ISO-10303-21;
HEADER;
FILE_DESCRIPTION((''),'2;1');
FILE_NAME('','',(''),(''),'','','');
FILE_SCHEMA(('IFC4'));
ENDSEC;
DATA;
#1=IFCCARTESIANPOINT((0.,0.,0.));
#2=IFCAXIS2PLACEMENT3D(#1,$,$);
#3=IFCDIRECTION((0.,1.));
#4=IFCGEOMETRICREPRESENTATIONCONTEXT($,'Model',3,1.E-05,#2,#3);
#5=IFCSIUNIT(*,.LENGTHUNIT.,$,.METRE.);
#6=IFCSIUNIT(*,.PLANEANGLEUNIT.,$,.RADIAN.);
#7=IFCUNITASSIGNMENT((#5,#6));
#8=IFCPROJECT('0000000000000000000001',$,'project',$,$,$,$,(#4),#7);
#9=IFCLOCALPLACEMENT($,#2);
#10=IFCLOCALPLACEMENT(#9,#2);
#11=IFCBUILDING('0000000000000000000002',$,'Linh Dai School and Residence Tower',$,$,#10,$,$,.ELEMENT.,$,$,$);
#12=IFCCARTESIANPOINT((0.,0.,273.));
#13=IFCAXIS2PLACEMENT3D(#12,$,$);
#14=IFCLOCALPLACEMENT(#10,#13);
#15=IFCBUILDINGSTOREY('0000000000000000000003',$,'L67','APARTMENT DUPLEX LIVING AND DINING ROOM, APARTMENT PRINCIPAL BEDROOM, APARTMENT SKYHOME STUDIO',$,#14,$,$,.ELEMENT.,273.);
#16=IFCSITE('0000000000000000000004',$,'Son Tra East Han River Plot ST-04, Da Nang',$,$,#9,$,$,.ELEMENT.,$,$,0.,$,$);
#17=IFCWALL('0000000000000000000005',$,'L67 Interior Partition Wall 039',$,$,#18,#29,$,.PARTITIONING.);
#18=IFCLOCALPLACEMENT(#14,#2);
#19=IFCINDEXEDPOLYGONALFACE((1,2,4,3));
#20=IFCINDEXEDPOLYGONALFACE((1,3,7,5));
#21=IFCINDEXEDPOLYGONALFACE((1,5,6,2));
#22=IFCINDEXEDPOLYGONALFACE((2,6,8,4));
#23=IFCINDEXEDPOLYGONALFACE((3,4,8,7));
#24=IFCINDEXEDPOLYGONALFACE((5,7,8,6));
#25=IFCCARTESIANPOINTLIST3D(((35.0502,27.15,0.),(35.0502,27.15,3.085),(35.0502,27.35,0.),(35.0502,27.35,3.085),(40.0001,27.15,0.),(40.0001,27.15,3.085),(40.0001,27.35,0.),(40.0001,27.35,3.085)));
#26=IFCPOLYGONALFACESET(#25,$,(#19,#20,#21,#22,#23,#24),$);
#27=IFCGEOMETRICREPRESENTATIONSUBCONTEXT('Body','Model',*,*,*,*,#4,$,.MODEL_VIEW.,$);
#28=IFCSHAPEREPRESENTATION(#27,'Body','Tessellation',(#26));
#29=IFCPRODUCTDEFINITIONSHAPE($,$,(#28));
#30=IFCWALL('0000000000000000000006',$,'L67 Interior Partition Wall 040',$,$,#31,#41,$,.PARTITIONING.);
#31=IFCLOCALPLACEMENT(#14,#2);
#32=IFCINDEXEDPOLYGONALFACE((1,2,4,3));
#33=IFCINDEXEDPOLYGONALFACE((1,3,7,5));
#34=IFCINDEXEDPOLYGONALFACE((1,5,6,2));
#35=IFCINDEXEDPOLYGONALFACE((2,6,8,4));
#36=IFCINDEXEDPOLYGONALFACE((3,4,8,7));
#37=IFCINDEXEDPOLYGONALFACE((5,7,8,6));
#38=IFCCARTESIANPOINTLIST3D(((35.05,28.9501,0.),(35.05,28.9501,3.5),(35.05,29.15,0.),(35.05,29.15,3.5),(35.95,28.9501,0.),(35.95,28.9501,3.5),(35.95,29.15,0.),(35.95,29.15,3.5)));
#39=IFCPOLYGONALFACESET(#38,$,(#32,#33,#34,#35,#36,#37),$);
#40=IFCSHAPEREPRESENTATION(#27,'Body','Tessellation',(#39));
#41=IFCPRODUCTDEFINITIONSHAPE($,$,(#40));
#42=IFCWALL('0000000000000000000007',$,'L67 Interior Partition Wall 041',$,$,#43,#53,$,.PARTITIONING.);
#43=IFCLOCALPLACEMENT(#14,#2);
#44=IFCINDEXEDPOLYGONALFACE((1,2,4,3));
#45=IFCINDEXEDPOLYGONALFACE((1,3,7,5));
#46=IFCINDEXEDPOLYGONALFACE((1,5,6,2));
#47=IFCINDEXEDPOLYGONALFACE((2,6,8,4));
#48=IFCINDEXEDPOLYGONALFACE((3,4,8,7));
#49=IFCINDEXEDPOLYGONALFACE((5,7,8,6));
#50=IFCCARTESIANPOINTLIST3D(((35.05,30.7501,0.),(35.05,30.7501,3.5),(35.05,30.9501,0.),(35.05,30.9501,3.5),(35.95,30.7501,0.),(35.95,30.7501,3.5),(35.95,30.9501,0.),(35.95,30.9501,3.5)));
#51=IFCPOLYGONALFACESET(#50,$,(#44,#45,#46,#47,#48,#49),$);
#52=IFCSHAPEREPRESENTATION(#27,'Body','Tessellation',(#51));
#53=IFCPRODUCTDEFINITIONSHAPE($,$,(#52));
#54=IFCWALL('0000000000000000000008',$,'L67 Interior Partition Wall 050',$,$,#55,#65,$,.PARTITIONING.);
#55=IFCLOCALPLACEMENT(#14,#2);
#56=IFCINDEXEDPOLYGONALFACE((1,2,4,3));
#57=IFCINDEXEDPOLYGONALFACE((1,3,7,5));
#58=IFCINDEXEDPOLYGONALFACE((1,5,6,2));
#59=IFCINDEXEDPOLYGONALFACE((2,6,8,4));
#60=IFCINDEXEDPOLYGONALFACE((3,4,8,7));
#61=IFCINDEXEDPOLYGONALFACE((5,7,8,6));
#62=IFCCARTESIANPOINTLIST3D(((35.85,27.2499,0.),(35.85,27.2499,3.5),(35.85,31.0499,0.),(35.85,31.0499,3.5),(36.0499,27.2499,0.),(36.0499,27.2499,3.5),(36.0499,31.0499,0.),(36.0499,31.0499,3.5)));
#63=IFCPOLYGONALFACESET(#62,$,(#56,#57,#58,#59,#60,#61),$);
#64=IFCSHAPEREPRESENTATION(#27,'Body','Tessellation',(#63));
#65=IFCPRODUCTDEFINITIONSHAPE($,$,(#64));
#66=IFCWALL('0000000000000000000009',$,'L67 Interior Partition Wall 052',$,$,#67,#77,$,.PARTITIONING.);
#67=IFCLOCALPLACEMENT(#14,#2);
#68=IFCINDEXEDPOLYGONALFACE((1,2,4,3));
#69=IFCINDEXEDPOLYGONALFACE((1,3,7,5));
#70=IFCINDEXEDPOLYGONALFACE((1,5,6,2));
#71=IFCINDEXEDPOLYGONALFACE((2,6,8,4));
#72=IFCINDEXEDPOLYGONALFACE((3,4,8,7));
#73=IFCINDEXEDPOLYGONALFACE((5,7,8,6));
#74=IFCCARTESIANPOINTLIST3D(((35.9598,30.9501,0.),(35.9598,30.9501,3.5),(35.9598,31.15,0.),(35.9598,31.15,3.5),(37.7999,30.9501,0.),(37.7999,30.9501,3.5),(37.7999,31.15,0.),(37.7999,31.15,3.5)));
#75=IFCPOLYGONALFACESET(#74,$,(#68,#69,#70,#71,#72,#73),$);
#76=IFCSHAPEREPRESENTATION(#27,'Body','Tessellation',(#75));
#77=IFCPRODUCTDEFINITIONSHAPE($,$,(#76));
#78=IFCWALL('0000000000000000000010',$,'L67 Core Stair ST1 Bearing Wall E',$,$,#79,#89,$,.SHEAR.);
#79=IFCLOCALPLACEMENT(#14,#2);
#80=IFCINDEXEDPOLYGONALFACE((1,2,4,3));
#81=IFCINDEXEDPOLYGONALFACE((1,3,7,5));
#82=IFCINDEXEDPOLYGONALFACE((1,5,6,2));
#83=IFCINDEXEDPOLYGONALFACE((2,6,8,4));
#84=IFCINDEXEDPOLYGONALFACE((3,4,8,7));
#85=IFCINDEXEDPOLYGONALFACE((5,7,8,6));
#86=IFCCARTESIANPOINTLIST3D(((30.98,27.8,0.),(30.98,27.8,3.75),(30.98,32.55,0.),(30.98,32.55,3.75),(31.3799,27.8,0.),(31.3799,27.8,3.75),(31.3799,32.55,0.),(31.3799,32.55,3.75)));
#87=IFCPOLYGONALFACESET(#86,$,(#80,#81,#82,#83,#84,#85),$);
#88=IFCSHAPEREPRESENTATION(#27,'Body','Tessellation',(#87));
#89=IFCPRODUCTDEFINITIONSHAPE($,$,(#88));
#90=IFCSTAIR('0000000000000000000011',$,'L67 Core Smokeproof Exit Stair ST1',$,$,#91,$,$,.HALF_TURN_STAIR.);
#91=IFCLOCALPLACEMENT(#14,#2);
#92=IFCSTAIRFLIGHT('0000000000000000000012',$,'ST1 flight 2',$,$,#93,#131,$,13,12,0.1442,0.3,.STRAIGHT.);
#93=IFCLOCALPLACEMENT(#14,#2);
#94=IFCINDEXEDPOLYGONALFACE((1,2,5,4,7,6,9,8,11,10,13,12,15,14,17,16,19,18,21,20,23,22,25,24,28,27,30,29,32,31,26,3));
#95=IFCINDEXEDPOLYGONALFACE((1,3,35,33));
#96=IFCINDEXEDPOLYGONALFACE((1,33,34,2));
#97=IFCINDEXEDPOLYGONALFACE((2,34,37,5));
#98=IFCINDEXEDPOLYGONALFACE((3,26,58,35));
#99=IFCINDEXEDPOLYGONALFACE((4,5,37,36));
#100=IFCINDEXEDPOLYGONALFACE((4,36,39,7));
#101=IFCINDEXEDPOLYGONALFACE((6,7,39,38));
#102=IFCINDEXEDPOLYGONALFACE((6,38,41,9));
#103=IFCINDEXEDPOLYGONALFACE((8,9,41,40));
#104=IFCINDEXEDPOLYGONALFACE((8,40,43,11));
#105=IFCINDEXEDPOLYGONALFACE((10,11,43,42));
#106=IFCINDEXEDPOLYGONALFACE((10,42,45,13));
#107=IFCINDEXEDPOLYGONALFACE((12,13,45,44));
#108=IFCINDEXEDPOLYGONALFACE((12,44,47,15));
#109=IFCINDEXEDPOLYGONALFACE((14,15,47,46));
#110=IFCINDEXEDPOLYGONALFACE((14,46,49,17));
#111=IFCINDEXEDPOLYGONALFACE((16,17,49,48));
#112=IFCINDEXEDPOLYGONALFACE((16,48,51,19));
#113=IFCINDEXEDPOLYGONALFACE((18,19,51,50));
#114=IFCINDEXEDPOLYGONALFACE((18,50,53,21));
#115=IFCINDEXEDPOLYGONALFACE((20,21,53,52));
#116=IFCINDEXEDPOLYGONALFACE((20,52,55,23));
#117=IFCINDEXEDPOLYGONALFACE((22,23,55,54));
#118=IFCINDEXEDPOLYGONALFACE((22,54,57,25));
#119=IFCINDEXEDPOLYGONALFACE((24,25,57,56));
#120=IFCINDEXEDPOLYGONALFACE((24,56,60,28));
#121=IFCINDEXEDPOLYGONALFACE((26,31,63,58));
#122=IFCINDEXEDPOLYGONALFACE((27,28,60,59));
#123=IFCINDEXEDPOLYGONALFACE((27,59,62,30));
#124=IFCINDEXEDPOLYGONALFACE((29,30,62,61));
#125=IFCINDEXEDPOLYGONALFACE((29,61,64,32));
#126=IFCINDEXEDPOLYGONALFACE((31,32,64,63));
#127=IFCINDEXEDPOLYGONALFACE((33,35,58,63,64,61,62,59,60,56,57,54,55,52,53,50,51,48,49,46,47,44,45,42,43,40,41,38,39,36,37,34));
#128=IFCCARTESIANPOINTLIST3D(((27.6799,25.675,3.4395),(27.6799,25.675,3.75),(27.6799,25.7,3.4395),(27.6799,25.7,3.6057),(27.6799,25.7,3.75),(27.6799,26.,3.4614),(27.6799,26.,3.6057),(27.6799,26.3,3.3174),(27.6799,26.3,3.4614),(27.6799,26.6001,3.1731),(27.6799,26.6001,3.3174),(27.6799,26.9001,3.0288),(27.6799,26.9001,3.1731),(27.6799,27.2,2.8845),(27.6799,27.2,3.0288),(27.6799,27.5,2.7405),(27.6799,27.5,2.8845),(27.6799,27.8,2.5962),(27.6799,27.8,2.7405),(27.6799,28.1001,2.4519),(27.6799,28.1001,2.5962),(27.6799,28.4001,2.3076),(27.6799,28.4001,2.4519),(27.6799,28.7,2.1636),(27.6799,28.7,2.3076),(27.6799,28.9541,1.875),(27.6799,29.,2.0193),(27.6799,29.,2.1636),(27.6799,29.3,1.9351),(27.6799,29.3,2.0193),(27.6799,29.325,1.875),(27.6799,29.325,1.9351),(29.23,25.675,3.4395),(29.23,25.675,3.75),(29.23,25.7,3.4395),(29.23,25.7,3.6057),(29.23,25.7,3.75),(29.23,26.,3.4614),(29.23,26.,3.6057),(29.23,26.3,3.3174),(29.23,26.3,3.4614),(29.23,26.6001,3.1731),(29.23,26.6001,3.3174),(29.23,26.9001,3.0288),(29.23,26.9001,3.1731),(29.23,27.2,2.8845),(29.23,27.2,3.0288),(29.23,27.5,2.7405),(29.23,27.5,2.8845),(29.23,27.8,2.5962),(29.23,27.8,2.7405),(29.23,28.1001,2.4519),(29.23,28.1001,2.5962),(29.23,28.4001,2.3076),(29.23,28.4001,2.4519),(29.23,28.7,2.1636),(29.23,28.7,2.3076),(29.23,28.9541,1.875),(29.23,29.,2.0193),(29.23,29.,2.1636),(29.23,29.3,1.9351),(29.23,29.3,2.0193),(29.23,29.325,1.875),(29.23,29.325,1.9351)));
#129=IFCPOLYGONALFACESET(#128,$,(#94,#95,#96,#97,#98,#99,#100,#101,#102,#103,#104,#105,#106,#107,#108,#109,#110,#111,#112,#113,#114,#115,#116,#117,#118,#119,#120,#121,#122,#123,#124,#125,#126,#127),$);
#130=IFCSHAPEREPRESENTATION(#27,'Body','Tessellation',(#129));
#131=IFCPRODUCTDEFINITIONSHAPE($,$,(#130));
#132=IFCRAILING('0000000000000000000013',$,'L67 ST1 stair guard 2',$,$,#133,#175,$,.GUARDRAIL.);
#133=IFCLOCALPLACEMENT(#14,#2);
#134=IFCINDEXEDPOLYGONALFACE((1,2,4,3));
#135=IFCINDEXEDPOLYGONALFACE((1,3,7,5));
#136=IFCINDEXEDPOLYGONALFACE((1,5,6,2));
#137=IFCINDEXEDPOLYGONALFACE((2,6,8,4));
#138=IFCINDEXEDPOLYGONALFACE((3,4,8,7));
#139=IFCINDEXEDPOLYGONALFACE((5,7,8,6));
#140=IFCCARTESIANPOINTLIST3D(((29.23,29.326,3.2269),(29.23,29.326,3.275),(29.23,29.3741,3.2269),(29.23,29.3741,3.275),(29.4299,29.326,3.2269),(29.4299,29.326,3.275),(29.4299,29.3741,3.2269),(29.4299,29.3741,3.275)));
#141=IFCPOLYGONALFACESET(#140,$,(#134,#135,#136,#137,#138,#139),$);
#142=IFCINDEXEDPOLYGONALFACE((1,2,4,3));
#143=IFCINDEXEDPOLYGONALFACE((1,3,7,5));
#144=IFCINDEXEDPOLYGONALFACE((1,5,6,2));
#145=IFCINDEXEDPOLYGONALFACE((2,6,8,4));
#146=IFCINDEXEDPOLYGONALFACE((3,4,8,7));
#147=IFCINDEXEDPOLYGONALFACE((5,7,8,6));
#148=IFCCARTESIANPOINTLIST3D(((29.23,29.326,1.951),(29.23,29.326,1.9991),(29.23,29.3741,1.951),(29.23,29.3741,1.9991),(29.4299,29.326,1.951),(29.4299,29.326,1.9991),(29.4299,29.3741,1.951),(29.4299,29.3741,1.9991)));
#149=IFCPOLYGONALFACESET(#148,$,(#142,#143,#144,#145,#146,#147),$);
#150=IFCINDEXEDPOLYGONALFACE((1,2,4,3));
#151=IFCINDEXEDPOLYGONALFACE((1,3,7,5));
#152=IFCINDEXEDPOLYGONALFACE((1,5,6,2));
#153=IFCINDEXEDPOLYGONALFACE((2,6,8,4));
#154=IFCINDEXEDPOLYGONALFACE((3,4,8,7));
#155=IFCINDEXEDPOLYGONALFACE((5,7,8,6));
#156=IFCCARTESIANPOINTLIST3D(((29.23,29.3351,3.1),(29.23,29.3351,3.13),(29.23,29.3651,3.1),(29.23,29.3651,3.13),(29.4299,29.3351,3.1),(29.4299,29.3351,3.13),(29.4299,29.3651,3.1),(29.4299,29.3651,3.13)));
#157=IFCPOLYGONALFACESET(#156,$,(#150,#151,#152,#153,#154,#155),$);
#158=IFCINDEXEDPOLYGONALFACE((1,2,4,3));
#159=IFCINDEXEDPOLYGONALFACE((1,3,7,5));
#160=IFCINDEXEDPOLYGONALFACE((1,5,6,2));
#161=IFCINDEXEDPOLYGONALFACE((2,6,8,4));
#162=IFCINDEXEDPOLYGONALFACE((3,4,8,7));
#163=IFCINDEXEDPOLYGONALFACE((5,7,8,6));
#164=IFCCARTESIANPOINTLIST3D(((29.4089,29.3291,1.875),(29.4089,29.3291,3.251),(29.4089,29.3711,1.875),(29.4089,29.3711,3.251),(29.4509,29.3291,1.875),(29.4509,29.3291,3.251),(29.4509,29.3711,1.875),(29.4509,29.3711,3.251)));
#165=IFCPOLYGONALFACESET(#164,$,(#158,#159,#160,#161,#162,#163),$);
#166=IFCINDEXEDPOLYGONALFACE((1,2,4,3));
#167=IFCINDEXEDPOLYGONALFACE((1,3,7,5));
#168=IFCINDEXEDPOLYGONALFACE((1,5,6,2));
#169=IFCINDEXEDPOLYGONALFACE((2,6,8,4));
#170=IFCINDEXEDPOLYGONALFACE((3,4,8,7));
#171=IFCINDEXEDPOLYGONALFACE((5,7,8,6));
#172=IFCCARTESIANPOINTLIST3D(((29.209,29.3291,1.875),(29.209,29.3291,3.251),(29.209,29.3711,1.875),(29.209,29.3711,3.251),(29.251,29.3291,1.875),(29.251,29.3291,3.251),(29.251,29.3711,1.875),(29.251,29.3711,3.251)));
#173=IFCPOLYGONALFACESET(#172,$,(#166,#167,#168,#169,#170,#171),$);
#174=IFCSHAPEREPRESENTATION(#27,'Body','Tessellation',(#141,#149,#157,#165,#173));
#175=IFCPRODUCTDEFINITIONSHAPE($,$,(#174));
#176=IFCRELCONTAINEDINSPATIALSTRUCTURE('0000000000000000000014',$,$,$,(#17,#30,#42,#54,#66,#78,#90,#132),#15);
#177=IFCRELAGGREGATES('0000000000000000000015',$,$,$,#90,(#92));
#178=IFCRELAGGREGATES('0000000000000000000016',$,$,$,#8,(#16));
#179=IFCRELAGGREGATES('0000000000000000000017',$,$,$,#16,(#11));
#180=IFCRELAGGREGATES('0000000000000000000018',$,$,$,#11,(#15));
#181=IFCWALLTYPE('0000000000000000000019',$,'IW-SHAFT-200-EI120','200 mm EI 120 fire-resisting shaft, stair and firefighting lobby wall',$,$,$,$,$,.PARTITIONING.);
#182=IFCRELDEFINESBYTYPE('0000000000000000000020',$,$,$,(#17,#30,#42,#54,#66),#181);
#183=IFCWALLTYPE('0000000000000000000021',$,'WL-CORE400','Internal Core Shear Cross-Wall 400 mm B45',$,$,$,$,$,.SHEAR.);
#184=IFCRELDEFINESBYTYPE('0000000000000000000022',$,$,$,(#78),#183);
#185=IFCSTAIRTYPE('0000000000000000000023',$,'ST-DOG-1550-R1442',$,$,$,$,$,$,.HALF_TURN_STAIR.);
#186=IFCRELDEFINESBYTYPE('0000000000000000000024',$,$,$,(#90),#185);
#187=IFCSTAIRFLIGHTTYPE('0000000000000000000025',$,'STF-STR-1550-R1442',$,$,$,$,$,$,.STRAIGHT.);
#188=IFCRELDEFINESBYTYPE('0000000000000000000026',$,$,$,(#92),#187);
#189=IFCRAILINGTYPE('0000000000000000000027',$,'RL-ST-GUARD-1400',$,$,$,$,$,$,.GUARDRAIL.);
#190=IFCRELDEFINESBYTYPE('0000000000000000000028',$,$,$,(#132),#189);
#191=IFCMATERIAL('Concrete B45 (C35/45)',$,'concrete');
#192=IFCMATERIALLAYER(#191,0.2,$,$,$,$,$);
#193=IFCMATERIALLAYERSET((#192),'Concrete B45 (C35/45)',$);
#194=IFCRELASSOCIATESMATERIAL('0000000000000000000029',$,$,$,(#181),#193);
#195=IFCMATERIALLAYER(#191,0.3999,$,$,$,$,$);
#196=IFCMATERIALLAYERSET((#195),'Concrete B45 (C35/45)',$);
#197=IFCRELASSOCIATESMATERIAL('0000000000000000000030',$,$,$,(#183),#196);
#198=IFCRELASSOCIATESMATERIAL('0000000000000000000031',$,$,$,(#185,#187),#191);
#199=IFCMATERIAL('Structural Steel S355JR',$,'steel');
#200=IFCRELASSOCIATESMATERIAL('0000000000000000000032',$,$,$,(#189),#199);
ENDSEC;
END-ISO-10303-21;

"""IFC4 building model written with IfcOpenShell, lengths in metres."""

from ifc_helpers import new_model, si_unit, direction, frame, frame_2d, origin, origin_2d, place, context, subcontext, project, spatial, polyline, rectangle, outline, extrude, source, transform, mapped, material, layer, layer_set, type_object, element, aggregate, save


model = new_model("IFC4")

# Units and contexts
model_context = context("Model", 3, precision=1e-05, world=origin(), true_north=direction((0.0, 1.0)))
body_context = subcontext(model_context, "Body", "Model", "MODEL_VIEW")
ifc_project = project(units=[si_unit("LENGTHUNIT", "METRE"), si_unit("PLANEANGLEUNIT", "RADIAN")], contexts=[model_context])

# Site, building, storey
site_placement = place(None, origin())
site = spatial("IfcSite", under=ifc_project, at=site_placement, Name="Son Tra East Han River Plot ST-04, Da Nang", CompositionType="ELEMENT", RefElevation=0.0)
building_placement = place(site_placement, origin())
building = spatial("IfcBuilding", under=site, at=building_placement, Name="Linh Dai School and Residence Tower", CompositionType="ELEMENT")
storey_placement = place(building_placement, frame((0.0, 0.0, 273.0)))
storey = spatial("IfcBuildingStorey", under=building, at=storey_placement, Name="L67", Description="APARTMENT DUPLEX LIVING AND DINING ROOM, APARTMENT PRINCIPAL BEDROOM, APARTMENT SKYHOME STUDIO", CompositionType="ELEMENT", Elevation=273.0)

# Shared definitions
ifc_material_1 = material(Name="Structural Steel S355JR", Category="steel")

# Shared definitions
ifc_material_2 = material(Name="Concrete B45 (C35/45)", Category="concrete")
ifc_layer_1 = layer(ifc_material_2, 0.2)
ifc_layer_set_1 = layer_set([ifc_layer_1], Name="Concrete B45 (C35/45)")
wall_type_1 = type_object("IfcWallType", Name="IW-SHAFT-200-EI120", Description="200 mm EI 120 fire-resisting shaft, stair and firefighting lobby wall", PredefinedType="PARTITIONING", material=ifc_layer_set_1)

# Walls
wall_1_placement = place(storey_placement, frame((35.05, 27.25, 0.0), z_axis=(0.0, 0.0, 1.0), x_axis=(1.0, 0.0, 0.0)))
element("IfcWall", 1, at=wall_1_placement, inside=storey, type_object=wall_type_1, Name="L67 Interior Partition Wall 039", PredefinedType="PARTITIONING", context=body_context, shape_type="SweptSolid", body=[
    extrude(rectangle(XDim=4.95, YDim=0.2, at=frame_2d((2.4751, 0.0))), origin(), (0.0, 0.0, 1.0), 3.085),
])
for number, where, z_axis, x_axis, name in (
    (2, (35.05, 29.05, 0.0), (0.0, 0.0, 1.0), (1.0, 0.0, 0.0), "L67 Interior Partition Wall 040"),
    (3, (35.05, 30.8501, 0.0), (0.0, 0.0, 1.0), (1.0, 0.0, 0.0), "L67 Interior Partition Wall 041"),
):
    element("IfcWall", number, at=place(storey_placement, frame(where, z_axis=z_axis, x_axis=x_axis)), inside=storey, type_object=wall_type_1, Name=name, PredefinedType="PARTITIONING", context=body_context, shape_type="SweptSolid", body=[
        extrude(rectangle(XDim=0.8999, YDim=0.2, at=frame_2d((0.45, 0.0))), origin(), (0.0, 0.0, 1.0), 3.5),
    ])
wall_2_placement = place(storey_placement, frame((35.95, 27.25, 0.0), z_axis=(0.0, 0.0, 1.0), x_axis=(0.0, 1.0, 0.0)))
element("IfcWall", 4, at=wall_2_placement, inside=storey, type_object=wall_type_1, Name="L67 Interior Partition Wall 050", PredefinedType="PARTITIONING", context=body_context, shape_type="SweptSolid", body=[
    extrude(rectangle(XDim=3.8, YDim=0.2, at=frame_2d((1.8999, 0.0))), origin(), (0.0, 0.0, 1.0), 3.5),
])

# Walls
wall_3_placement = place(storey_placement, frame((35.96, 31.05, 0.0), z_axis=(0.0, 0.0, 1.0), x_axis=(1.0, 0.0, 0.0)))
element("IfcWall", 5, at=wall_3_placement, inside=storey, type_object=wall_type_1, Name="L67 Interior Partition Wall 052", PredefinedType="PARTITIONING", context=body_context, shape_type="SweptSolid", body=[
    extrude(rectangle(XDim=1.8401, YDim=0.2, at=frame_2d((0.9199, 0.0))), origin(), (0.0, 0.0, 1.0), 3.5),
])
ifc_layer_2 = layer(ifc_material_2, 0.3999)
ifc_layer_set_2 = layer_set([ifc_layer_2], Name="Concrete B45 (C35/45)")
wall_type_2 = type_object("IfcWallType", Name="WL-CORE400", Description="Internal Core Shear Cross-Wall 400 mm B45", PredefinedType="SHEAR", material=ifc_layer_set_2)
wall_4_placement = place(storey_placement, frame((31.1799, 27.8, 0.0), z_axis=(0.0, 0.0, 1.0), x_axis=(0.0, 1.0, 0.0)))
element("IfcWall", 6, at=wall_4_placement, inside=storey, type_object=wall_type_2, Name="L67 Core Stair ST1 Bearing Wall E", PredefinedType="SHEAR", context=body_context, shape_type="SweptSolid", body=[
    extrude(rectangle(XDim=4.75, YDim=0.3999, at=frame_2d((2.375, 0.0))), origin(), (0.0, 0.0, 1.0), 3.75),
])

# Stair, stair flight
stair_type = type_object("IfcStairType", Name="ST-DOG-1550-R1442", PredefinedType="HALF_TURN_STAIR", material=ifc_material_2)
stair_placement = place(storey_placement, origin())
stair = element("IfcStair", 7, at=stair_placement, inside=storey, type_object=stair_type, Name="L67 Core Smokeproof Exit Stair ST1", PredefinedType="HALF_TURN_STAIR")
stair_flight_type = type_object("IfcStairFlightType", Name="STF-STR-1550-R1442", PredefinedType="STRAIGHT", material=ifc_material_2)
shared_shape_1 = source(origin(), body_context, "Body", "SweptSolid", [
    extrude(outline(polyline([(-0.0249, 0.0), (-0.0249, 0.0601), (0.0, 0.0601), (0.0, 0.1443), (0.3, 0.1443), (0.3, 0.2886), (0.6001, 0.2886), (0.6001, 0.4326), (0.8999, 0.4326), (0.8999, 0.5769), (1.2, 0.5769), (1.2, 0.7212), (1.5, 0.7212), (1.5, 0.8655), (1.8, 0.8655), (1.8, 1.0095), (2.1001, 1.0095), (2.1001, 1.1538), (2.3999, 1.1538), (2.3999, 1.2981), (2.7, 1.2981), (2.7, 1.4424), (3.0, 1.4424), (3.0, 1.5864), (3.3, 1.5864), (3.3, 1.7307), (3.6001, 1.7307), (3.6001, 1.875), (3.625, 1.875), (3.625, 1.5645), (3.6001, 1.5645), (0.3459, 0.0), (-0.0249, 0.0)])), frame((0.0, 0.7749, 0.0), z_axis=(0.0, -1.0, 0.0), x_axis=(1.0, 0.0, 0.0)), (0.0, 0.0, 1.0), 1.55),
])
stair_flight_placement = place(storey_placement, frame((28.4551, 29.3, 1.875), z_axis=(0.0, 0.0, 1.0), x_axis=(0.0, -1.0, 0.0)))
stair_flight = element("IfcStairFlight", 8, at=stair_flight_placement, type_object=stair_flight_type, Name="ST1 flight 2", NumberOfRisers=13, NumberOfTreads=12, PredefinedType="STRAIGHT", RiserHeight=0.1442, TreadLength=0.3, context=body_context, shape_type="MappedRepresentation", body=[
    mapped(shared_shape_1, transform((0.0, 0.0, 0.0), x_axis=(1.0, 0.0, 0.0), y_axis=(0.0, 1.0, 0.0), z_axis=(0.0, 0.0, 1.0), scale=1.0)),
])
aggregate(stair, [stair_flight])

# Railing
railing_type_1 = type_object("IfcRailingType", Name="RL-ST-GUARD-1400", PredefinedType="GUARDRAIL", material=ifc_material_1)
shared_shape_2 = source(origin(), body_context, "Body", "SweptSolid", [
    extrude(rectangle(XDim=0.0481, YDim=0.0481, at=origin_2d()), frame((0.0, 0.0, 1.376), z_axis=(-1.0, 0.0, 0.0), x_axis=(0.0, -1.0, 0.0)), (0.0, 0.0, 1.0), 0.2),
    extrude(rectangle(XDim=0.0481, YDim=0.0481, at=origin_2d()), frame((0.0, 0.0, 0.1001), z_axis=(-1.0, 0.0, 0.0), x_axis=(0.0, -1.0, 0.0)), (0.0, 0.0, 1.0), 0.2),
    extrude(rectangle(XDim=0.03, YDim=0.03, at=origin_2d()), frame((0.0, 0.0, 1.24), z_axis=(-1.0, 0.0, 0.0), x_axis=(0.0, -1.0, 0.0)), (0.0, 0.0, 1.0), 0.2),
    extrude(rectangle(XDim=0.042, YDim=0.042, at=origin_2d()), origin(), (0.0, 0.0, 1.0), 1.376),
    extrude(rectangle(XDim=0.042, YDim=0.042, at=origin_2d()), frame((-0.2, 0.0, 0.0)), (0.0, 0.0, 1.0), 1.376),
])
railing_1_placement = place(storey_placement, frame((29.4299, 29.3501, 1.875)))
element("IfcRailing", 9, at=railing_1_placement, inside=storey, type_object=railing_type_1, Name="L67 ST1 stair guard 2", PredefinedType="GUARDRAIL", context=body_context, shape_type="MappedRepresentation", body=[
    mapped(shared_shape_2, transform((0.0, 0.0, 0.0), x_axis=(1.0, 0.0, 0.0), y_axis=(0.0, 1.0, 0.0), z_axis=(0.0, 0.0, 1.0), scale=1.0)),
])

save(model, "model.ifc")
